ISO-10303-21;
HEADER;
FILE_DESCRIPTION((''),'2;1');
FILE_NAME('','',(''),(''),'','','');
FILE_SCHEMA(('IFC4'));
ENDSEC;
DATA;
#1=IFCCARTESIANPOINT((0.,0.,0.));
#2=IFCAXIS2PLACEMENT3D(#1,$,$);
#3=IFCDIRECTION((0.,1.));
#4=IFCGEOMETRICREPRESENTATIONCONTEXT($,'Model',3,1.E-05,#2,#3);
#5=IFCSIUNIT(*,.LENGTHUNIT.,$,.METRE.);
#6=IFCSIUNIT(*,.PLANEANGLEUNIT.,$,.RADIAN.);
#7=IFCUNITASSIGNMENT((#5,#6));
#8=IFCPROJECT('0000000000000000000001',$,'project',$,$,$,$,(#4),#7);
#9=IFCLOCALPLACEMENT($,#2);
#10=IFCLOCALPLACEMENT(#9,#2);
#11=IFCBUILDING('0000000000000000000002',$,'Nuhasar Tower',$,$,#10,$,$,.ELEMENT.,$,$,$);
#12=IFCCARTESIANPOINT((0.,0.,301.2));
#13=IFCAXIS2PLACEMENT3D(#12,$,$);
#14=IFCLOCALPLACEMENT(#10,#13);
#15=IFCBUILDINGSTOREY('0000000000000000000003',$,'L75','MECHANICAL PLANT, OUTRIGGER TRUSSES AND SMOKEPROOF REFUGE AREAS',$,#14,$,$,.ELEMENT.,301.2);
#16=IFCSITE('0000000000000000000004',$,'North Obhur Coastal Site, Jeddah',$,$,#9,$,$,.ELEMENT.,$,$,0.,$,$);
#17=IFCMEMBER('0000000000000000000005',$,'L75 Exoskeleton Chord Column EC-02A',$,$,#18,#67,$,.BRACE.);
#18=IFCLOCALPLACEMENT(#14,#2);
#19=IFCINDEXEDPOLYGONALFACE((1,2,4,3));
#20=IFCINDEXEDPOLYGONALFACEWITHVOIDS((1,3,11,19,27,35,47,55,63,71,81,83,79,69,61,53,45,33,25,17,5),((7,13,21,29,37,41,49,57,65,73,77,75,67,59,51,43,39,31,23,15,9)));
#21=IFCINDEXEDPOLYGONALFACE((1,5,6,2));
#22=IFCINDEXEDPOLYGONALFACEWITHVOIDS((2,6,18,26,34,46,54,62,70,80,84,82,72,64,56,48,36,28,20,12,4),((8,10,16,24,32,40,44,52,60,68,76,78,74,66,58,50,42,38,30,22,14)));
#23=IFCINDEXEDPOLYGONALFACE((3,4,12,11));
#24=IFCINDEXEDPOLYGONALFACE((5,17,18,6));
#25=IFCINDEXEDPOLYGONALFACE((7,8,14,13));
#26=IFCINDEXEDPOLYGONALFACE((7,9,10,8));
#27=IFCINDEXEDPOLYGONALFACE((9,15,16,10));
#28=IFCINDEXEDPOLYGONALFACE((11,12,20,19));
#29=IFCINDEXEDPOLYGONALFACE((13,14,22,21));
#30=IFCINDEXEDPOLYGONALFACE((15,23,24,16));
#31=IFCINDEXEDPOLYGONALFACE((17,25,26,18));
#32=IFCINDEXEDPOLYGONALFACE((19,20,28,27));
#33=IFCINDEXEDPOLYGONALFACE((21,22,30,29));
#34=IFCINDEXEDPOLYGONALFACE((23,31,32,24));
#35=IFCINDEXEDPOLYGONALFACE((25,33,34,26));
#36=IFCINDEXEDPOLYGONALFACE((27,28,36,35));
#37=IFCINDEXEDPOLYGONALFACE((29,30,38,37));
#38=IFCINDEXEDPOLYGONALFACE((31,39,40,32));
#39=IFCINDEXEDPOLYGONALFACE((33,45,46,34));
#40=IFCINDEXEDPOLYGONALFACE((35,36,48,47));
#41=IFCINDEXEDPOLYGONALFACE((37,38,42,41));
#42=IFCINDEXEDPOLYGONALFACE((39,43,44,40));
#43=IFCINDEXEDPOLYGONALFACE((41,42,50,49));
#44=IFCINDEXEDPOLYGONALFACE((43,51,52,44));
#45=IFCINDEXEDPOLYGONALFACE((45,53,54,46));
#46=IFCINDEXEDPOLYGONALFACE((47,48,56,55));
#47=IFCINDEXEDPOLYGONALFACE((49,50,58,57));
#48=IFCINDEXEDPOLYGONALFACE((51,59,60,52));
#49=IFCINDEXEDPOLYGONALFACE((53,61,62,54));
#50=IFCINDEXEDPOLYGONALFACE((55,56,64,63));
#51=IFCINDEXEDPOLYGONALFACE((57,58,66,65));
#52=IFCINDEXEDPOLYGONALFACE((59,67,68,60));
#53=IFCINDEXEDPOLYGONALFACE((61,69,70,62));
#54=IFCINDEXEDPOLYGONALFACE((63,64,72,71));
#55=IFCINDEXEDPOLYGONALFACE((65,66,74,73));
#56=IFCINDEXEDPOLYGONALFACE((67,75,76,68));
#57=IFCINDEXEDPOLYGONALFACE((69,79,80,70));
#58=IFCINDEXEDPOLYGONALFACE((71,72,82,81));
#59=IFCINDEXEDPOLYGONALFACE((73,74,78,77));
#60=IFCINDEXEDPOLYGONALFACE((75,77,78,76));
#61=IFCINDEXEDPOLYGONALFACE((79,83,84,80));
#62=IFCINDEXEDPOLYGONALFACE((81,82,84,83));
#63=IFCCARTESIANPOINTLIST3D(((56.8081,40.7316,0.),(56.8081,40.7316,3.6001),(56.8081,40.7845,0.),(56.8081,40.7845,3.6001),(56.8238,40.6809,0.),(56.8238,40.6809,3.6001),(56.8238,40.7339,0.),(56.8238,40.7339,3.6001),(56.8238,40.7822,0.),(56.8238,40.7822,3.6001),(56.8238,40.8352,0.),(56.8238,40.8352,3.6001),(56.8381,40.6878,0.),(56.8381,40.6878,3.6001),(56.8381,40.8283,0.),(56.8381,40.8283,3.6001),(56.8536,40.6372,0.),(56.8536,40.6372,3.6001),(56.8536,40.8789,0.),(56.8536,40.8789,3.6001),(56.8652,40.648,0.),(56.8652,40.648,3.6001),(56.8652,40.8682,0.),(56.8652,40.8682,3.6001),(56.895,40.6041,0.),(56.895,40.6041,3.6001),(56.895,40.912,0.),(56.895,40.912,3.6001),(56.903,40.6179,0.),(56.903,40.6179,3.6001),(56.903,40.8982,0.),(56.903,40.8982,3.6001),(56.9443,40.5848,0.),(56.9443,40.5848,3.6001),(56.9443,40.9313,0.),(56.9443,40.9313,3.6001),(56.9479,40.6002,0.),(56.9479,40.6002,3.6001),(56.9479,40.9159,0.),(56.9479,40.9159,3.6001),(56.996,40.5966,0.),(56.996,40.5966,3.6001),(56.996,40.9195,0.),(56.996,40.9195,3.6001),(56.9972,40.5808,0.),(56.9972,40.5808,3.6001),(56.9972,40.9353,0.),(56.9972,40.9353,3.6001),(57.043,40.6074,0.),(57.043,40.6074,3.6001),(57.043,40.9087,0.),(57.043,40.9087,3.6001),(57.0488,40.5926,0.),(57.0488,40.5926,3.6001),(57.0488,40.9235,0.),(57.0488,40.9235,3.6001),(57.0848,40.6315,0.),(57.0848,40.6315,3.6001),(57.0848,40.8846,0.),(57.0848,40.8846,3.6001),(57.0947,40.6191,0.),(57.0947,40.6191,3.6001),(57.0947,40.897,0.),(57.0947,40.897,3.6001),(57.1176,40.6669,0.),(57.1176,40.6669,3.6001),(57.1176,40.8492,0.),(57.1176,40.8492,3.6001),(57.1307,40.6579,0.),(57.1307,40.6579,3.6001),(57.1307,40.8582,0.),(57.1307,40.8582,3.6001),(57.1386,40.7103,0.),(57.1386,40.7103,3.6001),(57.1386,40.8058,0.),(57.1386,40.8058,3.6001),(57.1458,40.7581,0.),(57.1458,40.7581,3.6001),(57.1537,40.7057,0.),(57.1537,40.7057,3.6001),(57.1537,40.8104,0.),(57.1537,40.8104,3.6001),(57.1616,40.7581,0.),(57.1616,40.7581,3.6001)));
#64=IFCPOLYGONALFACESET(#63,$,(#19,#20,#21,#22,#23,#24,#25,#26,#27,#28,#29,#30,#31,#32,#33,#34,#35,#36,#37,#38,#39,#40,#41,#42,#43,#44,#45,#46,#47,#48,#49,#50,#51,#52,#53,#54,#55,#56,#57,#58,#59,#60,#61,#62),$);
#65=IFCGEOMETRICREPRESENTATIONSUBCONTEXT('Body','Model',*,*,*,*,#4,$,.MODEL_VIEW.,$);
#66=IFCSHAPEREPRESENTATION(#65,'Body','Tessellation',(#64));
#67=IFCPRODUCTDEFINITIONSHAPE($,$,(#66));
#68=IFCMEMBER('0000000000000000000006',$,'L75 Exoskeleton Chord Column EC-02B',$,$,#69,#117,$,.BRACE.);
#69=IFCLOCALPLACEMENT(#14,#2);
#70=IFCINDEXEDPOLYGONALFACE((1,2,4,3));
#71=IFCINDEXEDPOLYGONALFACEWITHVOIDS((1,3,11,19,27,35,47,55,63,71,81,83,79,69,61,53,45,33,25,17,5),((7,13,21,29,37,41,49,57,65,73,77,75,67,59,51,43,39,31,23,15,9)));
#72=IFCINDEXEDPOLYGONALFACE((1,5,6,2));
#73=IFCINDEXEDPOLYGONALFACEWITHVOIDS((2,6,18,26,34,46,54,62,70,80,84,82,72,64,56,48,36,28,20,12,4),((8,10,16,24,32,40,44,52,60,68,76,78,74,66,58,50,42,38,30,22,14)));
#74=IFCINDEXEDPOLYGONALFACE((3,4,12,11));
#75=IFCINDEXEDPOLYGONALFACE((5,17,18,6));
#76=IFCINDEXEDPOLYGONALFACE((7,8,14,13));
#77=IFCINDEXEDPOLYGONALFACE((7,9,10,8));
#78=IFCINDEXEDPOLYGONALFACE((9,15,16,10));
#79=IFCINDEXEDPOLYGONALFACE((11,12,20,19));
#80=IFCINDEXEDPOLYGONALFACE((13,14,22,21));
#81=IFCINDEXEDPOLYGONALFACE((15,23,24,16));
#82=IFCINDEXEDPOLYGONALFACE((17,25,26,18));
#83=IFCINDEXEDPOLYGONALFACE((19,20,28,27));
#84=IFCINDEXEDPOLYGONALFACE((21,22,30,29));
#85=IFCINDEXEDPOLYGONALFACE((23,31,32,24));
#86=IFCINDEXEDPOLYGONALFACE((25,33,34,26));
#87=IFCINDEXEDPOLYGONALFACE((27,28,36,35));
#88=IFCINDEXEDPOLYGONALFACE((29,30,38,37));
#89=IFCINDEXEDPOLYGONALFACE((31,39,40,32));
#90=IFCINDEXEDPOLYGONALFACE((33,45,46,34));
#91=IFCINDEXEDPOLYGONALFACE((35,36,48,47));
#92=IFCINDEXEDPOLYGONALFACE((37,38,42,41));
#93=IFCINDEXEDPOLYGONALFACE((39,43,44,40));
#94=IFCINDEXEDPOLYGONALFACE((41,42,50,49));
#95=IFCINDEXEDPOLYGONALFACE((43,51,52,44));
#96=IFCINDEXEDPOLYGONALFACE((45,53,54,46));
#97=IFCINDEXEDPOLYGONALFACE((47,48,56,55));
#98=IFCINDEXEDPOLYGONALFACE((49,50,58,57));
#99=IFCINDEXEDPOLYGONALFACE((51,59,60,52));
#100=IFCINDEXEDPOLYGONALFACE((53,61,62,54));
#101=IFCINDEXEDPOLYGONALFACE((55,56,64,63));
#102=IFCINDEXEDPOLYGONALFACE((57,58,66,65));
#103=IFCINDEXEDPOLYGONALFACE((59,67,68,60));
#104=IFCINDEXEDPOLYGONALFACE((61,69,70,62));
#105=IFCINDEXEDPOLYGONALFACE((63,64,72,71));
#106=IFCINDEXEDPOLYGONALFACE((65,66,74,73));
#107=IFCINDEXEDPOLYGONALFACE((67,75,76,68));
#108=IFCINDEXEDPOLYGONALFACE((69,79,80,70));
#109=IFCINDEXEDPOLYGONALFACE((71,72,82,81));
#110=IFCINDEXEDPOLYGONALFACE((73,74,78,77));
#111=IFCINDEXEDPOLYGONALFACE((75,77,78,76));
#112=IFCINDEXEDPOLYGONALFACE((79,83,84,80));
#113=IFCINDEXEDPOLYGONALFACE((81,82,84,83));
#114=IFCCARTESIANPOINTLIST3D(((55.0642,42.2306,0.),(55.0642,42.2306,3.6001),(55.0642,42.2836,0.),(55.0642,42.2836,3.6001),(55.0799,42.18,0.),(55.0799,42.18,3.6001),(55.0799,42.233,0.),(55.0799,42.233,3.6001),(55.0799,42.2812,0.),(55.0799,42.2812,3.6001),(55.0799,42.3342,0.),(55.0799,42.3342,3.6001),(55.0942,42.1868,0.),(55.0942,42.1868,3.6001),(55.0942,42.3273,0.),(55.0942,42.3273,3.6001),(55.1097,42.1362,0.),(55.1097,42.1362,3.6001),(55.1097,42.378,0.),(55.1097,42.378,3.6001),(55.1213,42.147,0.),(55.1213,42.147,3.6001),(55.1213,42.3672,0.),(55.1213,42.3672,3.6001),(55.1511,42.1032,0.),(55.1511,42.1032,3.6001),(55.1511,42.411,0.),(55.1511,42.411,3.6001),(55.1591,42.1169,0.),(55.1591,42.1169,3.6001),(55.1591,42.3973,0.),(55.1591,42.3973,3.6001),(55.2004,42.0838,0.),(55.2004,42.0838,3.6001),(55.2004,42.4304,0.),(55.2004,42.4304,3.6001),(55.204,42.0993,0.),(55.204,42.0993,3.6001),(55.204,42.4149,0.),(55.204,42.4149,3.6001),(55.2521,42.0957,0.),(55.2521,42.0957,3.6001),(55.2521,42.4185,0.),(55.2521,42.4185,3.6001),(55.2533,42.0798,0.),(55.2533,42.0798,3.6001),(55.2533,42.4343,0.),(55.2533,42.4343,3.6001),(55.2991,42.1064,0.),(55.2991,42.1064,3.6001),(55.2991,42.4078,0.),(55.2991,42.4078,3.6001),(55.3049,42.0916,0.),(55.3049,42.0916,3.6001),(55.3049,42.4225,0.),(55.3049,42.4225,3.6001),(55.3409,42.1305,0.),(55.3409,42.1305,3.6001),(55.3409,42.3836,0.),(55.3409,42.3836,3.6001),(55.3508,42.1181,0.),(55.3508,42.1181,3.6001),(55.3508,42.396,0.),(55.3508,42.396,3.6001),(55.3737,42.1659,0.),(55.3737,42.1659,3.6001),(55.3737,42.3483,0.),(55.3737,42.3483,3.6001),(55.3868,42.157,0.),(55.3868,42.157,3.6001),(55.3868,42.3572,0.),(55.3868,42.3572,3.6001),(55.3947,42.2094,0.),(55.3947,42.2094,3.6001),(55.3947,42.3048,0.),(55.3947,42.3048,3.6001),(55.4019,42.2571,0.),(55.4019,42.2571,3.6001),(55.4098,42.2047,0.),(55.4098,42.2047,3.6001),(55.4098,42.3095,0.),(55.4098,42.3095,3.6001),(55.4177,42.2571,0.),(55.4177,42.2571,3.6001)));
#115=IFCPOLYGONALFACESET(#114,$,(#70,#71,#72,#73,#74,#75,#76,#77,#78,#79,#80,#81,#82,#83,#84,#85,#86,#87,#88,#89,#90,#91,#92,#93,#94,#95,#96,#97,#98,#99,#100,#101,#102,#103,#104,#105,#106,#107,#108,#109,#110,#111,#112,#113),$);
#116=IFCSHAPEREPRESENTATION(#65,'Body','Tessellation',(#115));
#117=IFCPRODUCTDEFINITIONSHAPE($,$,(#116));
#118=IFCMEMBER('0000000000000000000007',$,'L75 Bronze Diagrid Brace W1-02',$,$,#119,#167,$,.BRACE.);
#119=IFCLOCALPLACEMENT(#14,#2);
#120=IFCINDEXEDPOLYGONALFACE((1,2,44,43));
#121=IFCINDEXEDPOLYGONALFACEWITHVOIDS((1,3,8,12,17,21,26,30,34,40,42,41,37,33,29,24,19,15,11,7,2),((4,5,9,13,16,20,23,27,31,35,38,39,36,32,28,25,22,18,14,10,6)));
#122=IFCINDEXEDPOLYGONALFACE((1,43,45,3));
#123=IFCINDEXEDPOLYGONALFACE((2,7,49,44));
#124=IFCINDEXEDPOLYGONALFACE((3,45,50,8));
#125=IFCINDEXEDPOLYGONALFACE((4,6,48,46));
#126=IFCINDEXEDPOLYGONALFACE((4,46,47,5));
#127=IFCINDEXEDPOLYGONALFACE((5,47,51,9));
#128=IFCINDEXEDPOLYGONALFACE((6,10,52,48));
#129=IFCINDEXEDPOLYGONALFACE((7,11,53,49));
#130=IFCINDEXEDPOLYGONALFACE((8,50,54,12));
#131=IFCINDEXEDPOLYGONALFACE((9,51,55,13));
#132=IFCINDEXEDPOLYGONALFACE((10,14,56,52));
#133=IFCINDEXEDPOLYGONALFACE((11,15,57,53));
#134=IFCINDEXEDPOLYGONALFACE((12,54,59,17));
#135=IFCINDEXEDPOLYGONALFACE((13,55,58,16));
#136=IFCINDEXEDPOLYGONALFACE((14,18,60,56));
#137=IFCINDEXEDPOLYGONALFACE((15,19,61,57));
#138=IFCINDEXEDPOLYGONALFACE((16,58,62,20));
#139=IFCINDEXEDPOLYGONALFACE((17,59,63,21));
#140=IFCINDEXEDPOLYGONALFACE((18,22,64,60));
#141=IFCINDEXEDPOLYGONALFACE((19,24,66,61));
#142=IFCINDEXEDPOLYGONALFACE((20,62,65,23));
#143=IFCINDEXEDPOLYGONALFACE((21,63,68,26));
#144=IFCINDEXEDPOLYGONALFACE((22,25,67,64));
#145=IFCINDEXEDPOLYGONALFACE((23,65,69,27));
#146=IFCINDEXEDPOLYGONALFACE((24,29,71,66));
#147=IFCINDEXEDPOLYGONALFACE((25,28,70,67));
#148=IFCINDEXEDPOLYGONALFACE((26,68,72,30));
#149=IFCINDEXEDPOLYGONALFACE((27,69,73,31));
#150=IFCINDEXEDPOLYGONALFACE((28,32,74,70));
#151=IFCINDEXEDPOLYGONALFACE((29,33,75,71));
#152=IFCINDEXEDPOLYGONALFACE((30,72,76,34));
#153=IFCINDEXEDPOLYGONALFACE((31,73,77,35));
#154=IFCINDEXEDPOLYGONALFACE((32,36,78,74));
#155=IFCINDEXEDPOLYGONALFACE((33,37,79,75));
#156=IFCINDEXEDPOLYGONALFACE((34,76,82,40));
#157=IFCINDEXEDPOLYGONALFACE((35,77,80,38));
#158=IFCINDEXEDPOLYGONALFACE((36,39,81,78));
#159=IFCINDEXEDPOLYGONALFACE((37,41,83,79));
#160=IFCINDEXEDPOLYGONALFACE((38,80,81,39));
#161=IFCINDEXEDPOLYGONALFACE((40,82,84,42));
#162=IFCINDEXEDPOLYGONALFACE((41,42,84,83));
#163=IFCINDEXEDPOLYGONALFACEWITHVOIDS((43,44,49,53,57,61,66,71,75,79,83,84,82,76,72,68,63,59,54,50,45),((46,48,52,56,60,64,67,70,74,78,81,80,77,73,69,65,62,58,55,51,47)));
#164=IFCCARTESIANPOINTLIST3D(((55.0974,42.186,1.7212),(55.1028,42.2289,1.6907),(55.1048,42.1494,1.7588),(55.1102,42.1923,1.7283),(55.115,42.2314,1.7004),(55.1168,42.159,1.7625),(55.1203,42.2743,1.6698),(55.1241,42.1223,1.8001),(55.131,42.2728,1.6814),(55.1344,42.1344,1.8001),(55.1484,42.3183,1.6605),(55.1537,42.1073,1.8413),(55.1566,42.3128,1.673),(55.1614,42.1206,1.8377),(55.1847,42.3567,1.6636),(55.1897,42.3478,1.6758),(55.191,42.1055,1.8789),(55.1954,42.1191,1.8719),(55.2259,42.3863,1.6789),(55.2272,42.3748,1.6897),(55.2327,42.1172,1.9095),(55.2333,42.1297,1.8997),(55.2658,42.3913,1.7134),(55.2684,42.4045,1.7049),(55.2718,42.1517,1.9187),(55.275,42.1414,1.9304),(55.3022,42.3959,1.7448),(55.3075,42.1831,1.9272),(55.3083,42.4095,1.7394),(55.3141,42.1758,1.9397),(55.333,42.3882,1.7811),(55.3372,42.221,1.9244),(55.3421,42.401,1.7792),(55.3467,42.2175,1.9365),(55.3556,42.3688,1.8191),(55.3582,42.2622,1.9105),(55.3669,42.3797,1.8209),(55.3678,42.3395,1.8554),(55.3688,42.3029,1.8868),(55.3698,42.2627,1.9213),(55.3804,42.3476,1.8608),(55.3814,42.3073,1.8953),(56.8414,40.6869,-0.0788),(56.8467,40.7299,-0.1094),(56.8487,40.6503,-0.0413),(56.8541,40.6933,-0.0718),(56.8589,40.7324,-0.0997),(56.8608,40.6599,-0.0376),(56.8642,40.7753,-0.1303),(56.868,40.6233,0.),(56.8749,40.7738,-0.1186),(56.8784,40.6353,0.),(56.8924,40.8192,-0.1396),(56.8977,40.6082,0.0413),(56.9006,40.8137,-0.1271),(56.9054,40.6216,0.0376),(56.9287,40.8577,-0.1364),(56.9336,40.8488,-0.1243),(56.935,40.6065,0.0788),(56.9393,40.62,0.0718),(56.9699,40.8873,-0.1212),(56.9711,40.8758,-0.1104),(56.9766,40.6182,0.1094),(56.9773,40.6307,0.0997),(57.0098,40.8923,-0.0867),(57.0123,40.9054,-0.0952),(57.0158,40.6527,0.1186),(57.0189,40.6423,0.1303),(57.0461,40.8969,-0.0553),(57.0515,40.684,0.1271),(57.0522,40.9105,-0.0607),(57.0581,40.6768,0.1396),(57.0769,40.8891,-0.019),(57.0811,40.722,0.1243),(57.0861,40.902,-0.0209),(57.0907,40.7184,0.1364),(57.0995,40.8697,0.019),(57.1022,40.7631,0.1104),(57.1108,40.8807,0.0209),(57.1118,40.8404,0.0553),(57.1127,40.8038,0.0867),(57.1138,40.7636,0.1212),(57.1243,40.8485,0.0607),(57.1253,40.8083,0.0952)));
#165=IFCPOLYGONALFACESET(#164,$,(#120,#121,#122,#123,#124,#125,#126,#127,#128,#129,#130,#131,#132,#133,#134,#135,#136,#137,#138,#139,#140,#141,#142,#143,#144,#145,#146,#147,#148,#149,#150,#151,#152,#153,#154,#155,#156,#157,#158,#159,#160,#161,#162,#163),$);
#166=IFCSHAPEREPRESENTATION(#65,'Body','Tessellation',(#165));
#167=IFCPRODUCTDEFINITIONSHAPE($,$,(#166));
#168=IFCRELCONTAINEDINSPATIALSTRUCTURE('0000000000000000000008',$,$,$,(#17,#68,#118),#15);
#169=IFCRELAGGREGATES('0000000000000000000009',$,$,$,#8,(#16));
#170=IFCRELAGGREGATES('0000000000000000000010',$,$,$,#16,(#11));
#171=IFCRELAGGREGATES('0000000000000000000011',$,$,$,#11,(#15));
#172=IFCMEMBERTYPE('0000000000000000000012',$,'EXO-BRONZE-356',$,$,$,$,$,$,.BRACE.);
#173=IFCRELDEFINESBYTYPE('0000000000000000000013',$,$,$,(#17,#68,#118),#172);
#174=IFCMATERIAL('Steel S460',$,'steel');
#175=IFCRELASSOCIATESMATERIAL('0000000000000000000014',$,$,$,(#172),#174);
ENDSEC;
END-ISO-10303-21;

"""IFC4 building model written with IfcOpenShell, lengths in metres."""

from ifc_helpers import new_model, si_unit, direction, frame, origin, origin_2d, place, context, subcontext, project, spatial, hollow_circle, extrude, material, material_profile, profile_set, type_object, element, save


model = new_model("IFC4")

# Units and contexts
model_context = context("Model", 3, precision=1e-05, world=origin(), true_north=direction((0.0, 1.0)))
body_context = subcontext(model_context, "Body", "Model", "MODEL_VIEW")
ifc_project = project(units=[si_unit("LENGTHUNIT", "METRE"), si_unit("PLANEANGLEUNIT", "RADIAN")], contexts=[model_context])

# Site, building, storey
site_placement = place(None, origin())
site = spatial("IfcSite", under=ifc_project, at=site_placement, Name="North Obhur Coastal Site, Jeddah", CompositionType="ELEMENT", RefElevation=0.0)
building_placement = place(site_placement, origin())
building = spatial("IfcBuilding", under=site, at=building_placement, Name="Nuhasar Tower", CompositionType="ELEMENT")
storey_placement = place(building_placement, frame((0.0, 0.0, 301.2)))
storey = spatial("IfcBuildingStorey", under=building, at=storey_placement, Name="L75", Description="MECHANICAL PLANT, OUTRIGGER TRUSSES AND SMOKEPROOF REFUGE AREAS", CompositionType="ELEMENT", Elevation=301.2)

# Shared definitions
ifc_material_1 = material(Name="Steel S460", Category="steel")

# Members
ifc_material_profile_1 = material_profile(ifc_material_1, hollow_circle(Radius=0.1777, WallThickness=0.0159, at=origin_2d()), Name="HSS355.6X15.9")
ifc_profile_set_1 = profile_set([ifc_material_profile_1], Name="Steel S460")
member_type_1 = type_object("IfcMemberType", Name="EXO-BRONZE-356", PredefinedType="BRACE", material=ifc_profile_set_1)
for number, where, z_axis, x_axis, name in (
    (1, (56.9839, 40.7581, 0.0), (0.0, 0.0, 1.0), (1.0, 0.0, 0.0), "L75 Exoskeleton Chord Column EC-02A"),
    (2, (55.24, 42.2571, 0.0), (0.0, 0.0, 1.0), (1.0, 0.0, 0.0), "L75 Exoskeleton Chord Column EC-02B"),
):
    element("IfcMember", number, at=place(storey_placement, frame(where, z_axis=z_axis, x_axis=x_axis)), inside=storey, type_object=member_type_1, Name=name, PredefinedType="BRACE", context=body_context, shape_type="SweptSolid", body=[
        extrude(hollow_circle(Radius=0.1777, WallThickness=0.0159, at=origin_2d()), origin(), (0.0, 0.0, 1.0), 3.6001),
    ])
for number, where, z_axis, x_axis, name in (
    (3, (56.9839, 40.7581, 0.0), (-0.597154, 0.513303, 0.616382), (-0.651857, -0.758342, 0.0), "L75 Bronze Diagrid Brace W1-02"),
):
    element("IfcMember", number, at=place(storey_placement, frame(where, z_axis=z_axis, x_axis=x_axis)), inside=storey, type_object=member_type_1, Name=name, PredefinedType="BRACE", context=body_context, shape_type="SweptSolid", body=[
        extrude(hollow_circle(Radius=0.1777, WallThickness=0.0159, at=origin_2d()), origin(), (0.0, 0.0, 1.0), 2.9204),
    ])

save(model, "model.ifc")
